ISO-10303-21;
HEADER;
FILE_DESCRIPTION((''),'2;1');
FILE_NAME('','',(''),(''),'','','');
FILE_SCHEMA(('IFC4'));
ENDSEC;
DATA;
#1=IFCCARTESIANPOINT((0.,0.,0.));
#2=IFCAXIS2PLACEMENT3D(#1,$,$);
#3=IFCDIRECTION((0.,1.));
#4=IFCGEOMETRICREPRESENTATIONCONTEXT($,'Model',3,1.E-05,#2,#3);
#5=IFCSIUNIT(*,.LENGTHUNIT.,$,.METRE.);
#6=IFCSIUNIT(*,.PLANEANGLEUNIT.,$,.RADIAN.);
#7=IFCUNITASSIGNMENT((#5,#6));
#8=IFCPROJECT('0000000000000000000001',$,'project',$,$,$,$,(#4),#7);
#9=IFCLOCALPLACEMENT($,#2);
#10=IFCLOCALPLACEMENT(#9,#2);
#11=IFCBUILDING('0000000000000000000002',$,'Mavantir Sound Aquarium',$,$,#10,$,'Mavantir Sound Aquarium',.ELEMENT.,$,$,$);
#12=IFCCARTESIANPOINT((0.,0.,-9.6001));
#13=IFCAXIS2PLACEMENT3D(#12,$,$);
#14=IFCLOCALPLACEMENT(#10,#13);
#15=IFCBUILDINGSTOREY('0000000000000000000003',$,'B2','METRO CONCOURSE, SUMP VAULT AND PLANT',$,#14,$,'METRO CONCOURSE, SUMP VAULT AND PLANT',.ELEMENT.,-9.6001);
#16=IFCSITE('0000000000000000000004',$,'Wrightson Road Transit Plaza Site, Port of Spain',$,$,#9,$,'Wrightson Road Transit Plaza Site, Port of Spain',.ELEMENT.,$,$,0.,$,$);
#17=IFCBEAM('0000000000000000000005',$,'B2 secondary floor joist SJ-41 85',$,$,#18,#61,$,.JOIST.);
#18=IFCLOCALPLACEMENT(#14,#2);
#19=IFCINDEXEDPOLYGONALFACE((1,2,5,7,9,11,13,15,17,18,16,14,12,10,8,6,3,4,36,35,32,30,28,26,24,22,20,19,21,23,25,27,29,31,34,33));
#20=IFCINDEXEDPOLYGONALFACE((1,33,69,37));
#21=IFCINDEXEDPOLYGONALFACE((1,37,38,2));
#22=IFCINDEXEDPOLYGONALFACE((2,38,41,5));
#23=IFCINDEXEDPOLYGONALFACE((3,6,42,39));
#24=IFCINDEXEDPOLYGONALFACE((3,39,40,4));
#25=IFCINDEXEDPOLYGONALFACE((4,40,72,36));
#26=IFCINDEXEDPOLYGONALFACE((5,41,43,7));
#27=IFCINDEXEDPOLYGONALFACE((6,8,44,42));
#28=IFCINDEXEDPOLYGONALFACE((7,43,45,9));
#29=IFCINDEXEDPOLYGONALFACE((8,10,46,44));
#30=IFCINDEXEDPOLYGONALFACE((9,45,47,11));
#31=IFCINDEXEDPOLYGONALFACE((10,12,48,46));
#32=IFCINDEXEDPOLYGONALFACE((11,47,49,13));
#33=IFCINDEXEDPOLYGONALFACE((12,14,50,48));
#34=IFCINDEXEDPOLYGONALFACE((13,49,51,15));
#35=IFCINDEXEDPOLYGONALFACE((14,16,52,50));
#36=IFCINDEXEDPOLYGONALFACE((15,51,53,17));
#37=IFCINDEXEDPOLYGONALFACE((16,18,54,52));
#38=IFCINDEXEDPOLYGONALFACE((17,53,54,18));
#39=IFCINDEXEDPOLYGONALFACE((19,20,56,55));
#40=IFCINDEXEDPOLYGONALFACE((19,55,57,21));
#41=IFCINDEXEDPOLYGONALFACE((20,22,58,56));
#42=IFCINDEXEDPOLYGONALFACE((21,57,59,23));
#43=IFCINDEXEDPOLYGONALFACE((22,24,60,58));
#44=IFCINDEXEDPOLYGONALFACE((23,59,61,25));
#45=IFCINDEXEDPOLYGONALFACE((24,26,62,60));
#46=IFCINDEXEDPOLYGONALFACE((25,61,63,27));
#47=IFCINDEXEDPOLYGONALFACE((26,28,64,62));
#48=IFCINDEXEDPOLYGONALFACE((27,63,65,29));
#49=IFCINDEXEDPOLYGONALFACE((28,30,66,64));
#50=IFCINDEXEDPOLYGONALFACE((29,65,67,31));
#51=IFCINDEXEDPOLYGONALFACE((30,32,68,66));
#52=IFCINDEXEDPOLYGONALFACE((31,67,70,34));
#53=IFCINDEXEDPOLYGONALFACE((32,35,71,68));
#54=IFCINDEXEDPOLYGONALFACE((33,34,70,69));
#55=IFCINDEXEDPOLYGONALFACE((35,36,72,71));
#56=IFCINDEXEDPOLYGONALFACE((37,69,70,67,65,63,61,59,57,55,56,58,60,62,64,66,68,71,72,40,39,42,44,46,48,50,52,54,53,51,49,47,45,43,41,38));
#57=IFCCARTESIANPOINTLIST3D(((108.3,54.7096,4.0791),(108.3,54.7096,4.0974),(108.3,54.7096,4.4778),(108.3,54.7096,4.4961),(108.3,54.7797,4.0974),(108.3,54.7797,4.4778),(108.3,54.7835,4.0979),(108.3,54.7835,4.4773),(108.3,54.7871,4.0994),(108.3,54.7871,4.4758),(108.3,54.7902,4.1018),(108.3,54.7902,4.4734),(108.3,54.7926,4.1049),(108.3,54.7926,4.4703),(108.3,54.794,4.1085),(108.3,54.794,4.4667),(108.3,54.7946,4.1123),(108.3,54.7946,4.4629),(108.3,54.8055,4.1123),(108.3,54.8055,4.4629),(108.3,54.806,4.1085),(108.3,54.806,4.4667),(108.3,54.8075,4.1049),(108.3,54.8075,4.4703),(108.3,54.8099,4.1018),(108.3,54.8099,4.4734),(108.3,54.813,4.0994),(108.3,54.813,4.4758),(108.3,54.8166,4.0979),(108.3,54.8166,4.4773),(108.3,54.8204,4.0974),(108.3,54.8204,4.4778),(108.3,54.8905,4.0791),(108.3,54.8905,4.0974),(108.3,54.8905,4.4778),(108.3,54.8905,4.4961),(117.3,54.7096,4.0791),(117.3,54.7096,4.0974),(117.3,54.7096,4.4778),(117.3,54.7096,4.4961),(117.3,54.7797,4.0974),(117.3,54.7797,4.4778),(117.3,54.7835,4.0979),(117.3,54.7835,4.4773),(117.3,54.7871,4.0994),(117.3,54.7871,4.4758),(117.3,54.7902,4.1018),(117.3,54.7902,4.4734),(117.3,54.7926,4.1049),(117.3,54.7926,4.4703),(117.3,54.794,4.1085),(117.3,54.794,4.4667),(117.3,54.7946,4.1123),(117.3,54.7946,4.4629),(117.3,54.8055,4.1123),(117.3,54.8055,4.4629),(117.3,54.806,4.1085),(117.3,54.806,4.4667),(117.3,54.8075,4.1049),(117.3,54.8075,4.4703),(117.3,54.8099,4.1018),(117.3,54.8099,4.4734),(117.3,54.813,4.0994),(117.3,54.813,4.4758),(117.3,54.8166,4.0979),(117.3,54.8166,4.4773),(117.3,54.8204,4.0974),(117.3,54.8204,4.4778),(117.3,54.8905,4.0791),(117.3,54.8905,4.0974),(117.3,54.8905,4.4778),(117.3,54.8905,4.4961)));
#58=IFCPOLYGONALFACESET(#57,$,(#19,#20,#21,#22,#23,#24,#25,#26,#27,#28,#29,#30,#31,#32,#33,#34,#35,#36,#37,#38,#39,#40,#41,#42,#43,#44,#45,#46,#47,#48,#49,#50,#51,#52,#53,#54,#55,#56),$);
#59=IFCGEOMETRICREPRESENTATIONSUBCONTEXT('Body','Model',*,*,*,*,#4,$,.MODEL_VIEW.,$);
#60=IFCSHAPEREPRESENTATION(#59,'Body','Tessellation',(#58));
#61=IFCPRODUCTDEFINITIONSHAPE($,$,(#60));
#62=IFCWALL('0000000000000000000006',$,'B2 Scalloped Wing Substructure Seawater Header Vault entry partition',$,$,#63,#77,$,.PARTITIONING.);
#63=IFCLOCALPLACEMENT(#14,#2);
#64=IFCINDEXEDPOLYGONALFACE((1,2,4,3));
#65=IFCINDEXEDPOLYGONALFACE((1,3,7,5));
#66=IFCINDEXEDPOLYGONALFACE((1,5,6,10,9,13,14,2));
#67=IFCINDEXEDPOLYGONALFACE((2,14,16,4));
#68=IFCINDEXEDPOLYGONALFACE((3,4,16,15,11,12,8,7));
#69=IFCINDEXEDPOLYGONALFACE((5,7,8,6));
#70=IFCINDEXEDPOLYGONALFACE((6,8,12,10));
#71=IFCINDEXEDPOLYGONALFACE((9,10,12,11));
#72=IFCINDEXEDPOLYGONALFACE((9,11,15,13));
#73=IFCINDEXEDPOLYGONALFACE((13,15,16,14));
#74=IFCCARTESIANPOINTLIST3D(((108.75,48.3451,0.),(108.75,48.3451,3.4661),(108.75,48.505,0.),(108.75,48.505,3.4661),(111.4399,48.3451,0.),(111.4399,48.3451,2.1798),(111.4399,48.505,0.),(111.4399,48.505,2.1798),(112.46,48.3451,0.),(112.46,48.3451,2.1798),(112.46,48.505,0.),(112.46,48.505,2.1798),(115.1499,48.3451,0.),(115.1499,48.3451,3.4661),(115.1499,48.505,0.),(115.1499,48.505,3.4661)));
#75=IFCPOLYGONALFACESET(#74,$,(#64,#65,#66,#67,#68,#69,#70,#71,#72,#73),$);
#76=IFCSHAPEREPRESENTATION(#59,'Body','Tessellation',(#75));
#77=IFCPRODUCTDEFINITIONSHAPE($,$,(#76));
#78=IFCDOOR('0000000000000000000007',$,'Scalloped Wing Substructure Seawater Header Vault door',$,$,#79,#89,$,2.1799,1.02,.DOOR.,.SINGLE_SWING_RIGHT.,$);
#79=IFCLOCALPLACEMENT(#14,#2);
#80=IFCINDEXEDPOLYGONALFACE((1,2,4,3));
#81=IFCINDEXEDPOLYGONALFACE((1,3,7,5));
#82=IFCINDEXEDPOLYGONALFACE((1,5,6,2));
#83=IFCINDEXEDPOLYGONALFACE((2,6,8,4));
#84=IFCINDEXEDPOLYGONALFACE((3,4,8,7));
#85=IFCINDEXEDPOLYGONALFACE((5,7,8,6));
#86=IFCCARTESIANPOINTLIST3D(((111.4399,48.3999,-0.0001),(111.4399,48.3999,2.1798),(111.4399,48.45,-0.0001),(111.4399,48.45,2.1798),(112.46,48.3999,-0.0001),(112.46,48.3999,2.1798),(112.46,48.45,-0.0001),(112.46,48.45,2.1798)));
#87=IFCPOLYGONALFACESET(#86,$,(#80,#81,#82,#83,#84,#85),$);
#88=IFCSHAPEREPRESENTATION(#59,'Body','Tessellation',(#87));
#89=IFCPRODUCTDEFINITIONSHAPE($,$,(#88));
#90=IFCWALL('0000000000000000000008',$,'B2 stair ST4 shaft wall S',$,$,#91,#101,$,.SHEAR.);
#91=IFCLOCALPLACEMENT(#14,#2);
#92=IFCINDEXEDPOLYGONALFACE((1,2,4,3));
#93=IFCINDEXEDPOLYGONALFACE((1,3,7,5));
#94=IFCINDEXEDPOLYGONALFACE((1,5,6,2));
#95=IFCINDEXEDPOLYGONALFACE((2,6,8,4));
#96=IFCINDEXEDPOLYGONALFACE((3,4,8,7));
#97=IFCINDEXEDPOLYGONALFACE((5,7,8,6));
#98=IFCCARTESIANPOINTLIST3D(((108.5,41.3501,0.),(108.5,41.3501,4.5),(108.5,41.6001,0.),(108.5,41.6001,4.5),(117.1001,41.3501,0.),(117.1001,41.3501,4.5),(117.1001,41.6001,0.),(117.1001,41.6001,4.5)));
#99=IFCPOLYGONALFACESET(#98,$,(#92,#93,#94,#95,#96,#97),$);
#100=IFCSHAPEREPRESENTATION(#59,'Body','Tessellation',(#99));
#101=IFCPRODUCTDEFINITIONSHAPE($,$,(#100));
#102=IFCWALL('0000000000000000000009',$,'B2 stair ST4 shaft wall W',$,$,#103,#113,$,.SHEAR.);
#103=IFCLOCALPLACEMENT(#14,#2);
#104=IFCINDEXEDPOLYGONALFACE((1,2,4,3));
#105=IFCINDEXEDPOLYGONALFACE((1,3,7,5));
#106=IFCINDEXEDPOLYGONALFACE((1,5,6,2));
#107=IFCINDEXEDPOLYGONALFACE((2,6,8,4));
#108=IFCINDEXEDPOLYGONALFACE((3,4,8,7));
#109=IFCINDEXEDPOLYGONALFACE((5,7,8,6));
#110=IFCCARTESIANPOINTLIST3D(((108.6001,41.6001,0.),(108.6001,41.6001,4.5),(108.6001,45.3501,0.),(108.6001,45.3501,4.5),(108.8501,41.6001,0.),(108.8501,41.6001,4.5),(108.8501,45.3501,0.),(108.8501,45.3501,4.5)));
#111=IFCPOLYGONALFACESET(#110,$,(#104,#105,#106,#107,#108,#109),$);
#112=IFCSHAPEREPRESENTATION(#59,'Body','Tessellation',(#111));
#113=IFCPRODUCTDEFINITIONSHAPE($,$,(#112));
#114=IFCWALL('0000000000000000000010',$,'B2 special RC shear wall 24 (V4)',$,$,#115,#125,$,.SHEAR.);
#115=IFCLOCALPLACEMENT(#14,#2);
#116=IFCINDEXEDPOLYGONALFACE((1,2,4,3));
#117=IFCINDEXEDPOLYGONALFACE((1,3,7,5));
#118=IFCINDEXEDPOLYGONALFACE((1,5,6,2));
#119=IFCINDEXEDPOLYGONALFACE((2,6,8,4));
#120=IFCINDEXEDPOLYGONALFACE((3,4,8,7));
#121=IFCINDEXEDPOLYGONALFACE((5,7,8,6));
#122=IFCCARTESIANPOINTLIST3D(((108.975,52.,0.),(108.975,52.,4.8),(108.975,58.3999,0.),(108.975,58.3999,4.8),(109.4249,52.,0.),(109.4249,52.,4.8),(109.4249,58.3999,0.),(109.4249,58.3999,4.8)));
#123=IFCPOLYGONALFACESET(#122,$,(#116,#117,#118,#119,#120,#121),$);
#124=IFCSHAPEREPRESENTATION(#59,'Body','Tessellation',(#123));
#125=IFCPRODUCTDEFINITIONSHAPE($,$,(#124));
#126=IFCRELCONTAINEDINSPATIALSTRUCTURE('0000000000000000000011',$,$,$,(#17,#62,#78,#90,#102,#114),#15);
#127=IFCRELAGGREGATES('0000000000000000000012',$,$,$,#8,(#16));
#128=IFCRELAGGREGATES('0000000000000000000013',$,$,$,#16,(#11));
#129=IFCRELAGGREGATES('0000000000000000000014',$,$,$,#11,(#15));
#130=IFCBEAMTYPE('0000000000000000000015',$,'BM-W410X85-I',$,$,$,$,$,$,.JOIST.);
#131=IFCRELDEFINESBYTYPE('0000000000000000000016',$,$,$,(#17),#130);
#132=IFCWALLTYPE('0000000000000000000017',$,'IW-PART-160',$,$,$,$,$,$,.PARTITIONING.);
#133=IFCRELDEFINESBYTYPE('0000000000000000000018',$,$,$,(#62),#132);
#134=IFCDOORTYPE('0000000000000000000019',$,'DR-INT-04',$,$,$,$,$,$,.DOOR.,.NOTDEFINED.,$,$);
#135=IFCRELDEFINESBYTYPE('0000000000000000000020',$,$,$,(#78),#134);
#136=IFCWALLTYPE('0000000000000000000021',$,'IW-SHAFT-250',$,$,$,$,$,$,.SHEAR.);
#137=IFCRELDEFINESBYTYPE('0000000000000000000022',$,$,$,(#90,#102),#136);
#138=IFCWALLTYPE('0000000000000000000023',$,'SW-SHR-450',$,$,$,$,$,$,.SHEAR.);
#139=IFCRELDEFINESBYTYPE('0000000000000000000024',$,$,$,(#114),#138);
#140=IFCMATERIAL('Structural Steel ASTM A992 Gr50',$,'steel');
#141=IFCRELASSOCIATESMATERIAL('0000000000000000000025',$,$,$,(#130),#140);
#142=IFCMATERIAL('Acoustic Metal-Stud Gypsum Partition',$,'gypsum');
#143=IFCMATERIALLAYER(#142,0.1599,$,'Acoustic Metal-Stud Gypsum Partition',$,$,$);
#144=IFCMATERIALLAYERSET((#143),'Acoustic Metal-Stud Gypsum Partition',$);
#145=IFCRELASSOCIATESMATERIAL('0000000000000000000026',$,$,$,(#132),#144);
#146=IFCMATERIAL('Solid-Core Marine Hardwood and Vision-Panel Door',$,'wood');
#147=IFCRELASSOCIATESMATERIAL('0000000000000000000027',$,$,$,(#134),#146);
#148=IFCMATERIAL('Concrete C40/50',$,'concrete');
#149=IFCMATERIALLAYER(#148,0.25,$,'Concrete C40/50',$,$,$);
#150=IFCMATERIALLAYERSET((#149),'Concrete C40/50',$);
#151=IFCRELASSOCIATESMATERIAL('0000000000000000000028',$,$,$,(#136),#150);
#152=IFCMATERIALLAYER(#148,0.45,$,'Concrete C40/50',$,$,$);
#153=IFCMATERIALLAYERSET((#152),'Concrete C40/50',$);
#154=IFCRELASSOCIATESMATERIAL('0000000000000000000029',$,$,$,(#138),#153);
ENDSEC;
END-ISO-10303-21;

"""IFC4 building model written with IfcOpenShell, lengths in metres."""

from ifc_helpers import new_model, si_unit, direction, frame, frame_2d, origin, origin_2d, place, context, subcontext, project, spatial, rectangle, i_section, extrude, material, layer, layer_set, material_profile, profile_set, type_object, element, fill, save


model = new_model("IFC4")

# Units and contexts
model_context = context("Model", 3, precision=1e-05, world=origin(), true_north=direction((0.0, 1.0)))
body_context = subcontext(model_context, "Body", "Model", "MODEL_VIEW")
ifc_project = project(units=[si_unit("LENGTHUNIT", "METRE"), si_unit("PLANEANGLEUNIT", "RADIAN")], contexts=[model_context])

# Site, building, storey
site_placement = place(None, origin())
site = spatial("IfcSite", under=ifc_project, at=site_placement, Name="Wrightson Road Transit Plaza Site, Port of Spain", LongName="Wrightson Road Transit Plaza Site, Port of Spain", CompositionType="ELEMENT", RefElevation=0.0)
building_placement = place(site_placement, origin())
building = spatial("IfcBuilding", under=site, at=building_placement, Name="Mavantir Sound Aquarium", LongName="Mavantir Sound Aquarium", CompositionType="ELEMENT")
storey_placement = place(building_placement, frame((0.0, 0.0, -9.6001)))
storey = spatial("IfcBuildingStorey", under=building, at=storey_placement, Name="B2", Description="METRO CONCOURSE, SUMP VAULT AND PLANT", LongName="METRO CONCOURSE, SUMP VAULT AND PLANT", CompositionType="ELEMENT", Elevation=-9.6001)

# Shared definitions
ifc_material_1 = material(Name="Concrete C40/50", Category="concrete")

# Beam
ifc_material_2 = material(Name="Structural Steel ASTM A992 Gr50", Category="steel")
ifc_material_profile_1 = material_profile(ifc_material_2, i_section(OverallWidth=0.1809, OverallDepth=0.417, WebThickness=0.011, FlangeThickness=0.0183, FilletRadius=0.0149, at=origin_2d()), Name="W410X85")
ifc_profile_set_1 = profile_set([ifc_material_profile_1], Name="Structural Steel ASTM A992 Gr50")
beam_type_1 = type_object("IfcBeamType", Name="BM-W410X85-I", PredefinedType="JOIST", material=ifc_profile_set_1)
beam_1_placement = place(storey_placement, frame((108.3, 54.8, 4.2876), z_axis=(1.0, 0.0, 0.0), x_axis=(0.0, 1.0, 0.0)))
element("IfcBeam", 1, at=beam_1_placement, inside=storey, type_object=beam_type_1, Name="B2 secondary floor joist SJ-41 85", PredefinedType="JOIST", context=body_context, shape_type="SweptSolid", body=[
    extrude(i_section(OverallWidth=0.1809, OverallDepth=0.417, WebThickness=0.011, FlangeThickness=0.0183, FilletRadius=0.0149, at=origin_2d()), origin(), (0.0, 0.0, 1.0), 9.0),
])

# Wall, opening, door
ifc_material_3 = material(Name="Acoustic Metal-Stud Gypsum Partition", Category="gypsum")
ifc_layer_1 = layer(ifc_material_3, 0.1599, Name="Acoustic Metal-Stud Gypsum Partition")
ifc_layer_set_1 = layer_set([ifc_layer_1], Name="Acoustic Metal-Stud Gypsum Partition")
wall_type_1 = type_object("IfcWallType", Name="IW-PART-160", PredefinedType="PARTITIONING", material=ifc_layer_set_1)
wall_1_placement = place(storey_placement, frame((108.75, 48.425, 0.0), z_axis=(0.0, 0.0, 1.0), x_axis=(1.0, 0.0, 0.0)))
wall_1 = element("IfcWall", 2, at=wall_1_placement, inside=storey, type_object=wall_type_1, Name="B2 Scalloped Wing Substructure Seawater Header Vault entry partition", PredefinedType="PARTITIONING", context=body_context, shape_type="SweptSolid", body=[
    extrude(rectangle(XDim=6.3999, YDim=0.1599, at=frame_2d((3.2, 0.0))), origin(), (0.0, 0.0, 1.0), 3.4661),
])
opening_placement = place(wall_1_placement, frame((2.6899, 0.0, 0.0)))
opening = element("IfcOpeningElement", 3, at=opening_placement, cuts=wall_1, PredefinedType="OPENING", context=body_context, shape_type="SweptSolid", body=[
    extrude(rectangle(XDim=1.02, YDim=2.1799, at=frame_2d((0.51, 1.0898))), frame((0.0, 0.0898, 0.0), z_axis=(0.0, -1.0, 0.0), x_axis=(1.0, 0.0, 0.0)), (0.0, 0.0, 1.0), 0.1799),
])
ifc_material_4 = material(Name="Solid-Core Marine Hardwood and Vision-Panel Door", Category="wood")
door_type = type_object("IfcDoorType", Name="DR-INT-04", OperationType="NOTDEFINED", PredefinedType="DOOR", material=ifc_material_4)
door_placement = place(opening_placement, origin())
door = element("IfcDoor", 4, at=door_placement, inside=storey, type_object=door_type, Name="Scalloped Wing Substructure Seawater Header Vault door", OperationType="SINGLE_SWING_RIGHT", OverallHeight=2.1799, OverallWidth=1.02, PredefinedType="DOOR", context=body_context, shape_type="SweptSolid", body=[
    extrude(rectangle(XDim=1.02, YDim=2.1799, at=frame_2d((0.51, 1.0898))), frame((0.0, 0.0249, 0.0), z_axis=(0.0, -1.0, 0.0), x_axis=(1.0, 0.0, 0.0)), (0.0, 0.0, 1.0), 0.05),
])
fill(opening, door)

# Walls
ifc_layer_2 = layer(ifc_material_1, 0.25, Name="Concrete C40/50")
ifc_layer_set_2 = layer_set([ifc_layer_2], Name="Concrete C40/50")
wall_type_2 = type_object("IfcWallType", Name="IW-SHAFT-250", PredefinedType="SHEAR", material=ifc_layer_set_2)
wall_2_placement = place(storey_placement, frame((108.5, 41.4751, 0.0), z_axis=(0.0, 0.0, 1.0), x_axis=(1.0, 0.0, 0.0)))
element("IfcWall", 5, at=wall_2_placement, inside=storey, type_object=wall_type_2, Name="B2 stair ST4 shaft wall S", PredefinedType="SHEAR", context=body_context, shape_type="SweptSolid", body=[
    extrude(rectangle(XDim=8.6001, YDim=0.25, at=frame_2d((4.3, 0.0))), origin(), (0.0, 0.0, 1.0), 4.5),
])
wall_3_placement = place(storey_placement, frame((108.7251, 45.3501, 0.0), z_axis=(0.0, 0.0, 1.0), x_axis=(0.0, -1.0, 0.0)))
element("IfcWall", 6, at=wall_3_placement, inside=storey, type_object=wall_type_2, Name="B2 stair ST4 shaft wall W", PredefinedType="SHEAR", context=body_context, shape_type="SweptSolid", body=[
    extrude(rectangle(XDim=3.75, YDim=0.25, at=frame_2d((1.875, 0.0))), origin(), (0.0, 0.0, 1.0), 4.5),
])
ifc_layer_3 = layer(ifc_material_1, 0.45, Name="Concrete C40/50")
ifc_layer_set_3 = layer_set([ifc_layer_3], Name="Concrete C40/50")
wall_type_3 = type_object("IfcWallType", Name="SW-SHR-450", PredefinedType="SHEAR", material=ifc_layer_set_3)
wall_4_placement = place(storey_placement, frame((109.2, 52.0, 0.0), z_axis=(0.0, 0.0, 1.0), x_axis=(0.0, 1.0, 0.0)))
element("IfcWall", 7, at=wall_4_placement, inside=storey, type_object=wall_type_3, Name="B2 special RC shear wall 24 (V4)", PredefinedType="SHEAR", context=body_context, shape_type="SweptSolid", body=[
    extrude(rectangle(XDim=6.3999, YDim=0.45, at=frame_2d((3.2, 0.0))), origin(), (0.0, 0.0, 1.0), 4.8),
])

save(model, "model.ifc")
